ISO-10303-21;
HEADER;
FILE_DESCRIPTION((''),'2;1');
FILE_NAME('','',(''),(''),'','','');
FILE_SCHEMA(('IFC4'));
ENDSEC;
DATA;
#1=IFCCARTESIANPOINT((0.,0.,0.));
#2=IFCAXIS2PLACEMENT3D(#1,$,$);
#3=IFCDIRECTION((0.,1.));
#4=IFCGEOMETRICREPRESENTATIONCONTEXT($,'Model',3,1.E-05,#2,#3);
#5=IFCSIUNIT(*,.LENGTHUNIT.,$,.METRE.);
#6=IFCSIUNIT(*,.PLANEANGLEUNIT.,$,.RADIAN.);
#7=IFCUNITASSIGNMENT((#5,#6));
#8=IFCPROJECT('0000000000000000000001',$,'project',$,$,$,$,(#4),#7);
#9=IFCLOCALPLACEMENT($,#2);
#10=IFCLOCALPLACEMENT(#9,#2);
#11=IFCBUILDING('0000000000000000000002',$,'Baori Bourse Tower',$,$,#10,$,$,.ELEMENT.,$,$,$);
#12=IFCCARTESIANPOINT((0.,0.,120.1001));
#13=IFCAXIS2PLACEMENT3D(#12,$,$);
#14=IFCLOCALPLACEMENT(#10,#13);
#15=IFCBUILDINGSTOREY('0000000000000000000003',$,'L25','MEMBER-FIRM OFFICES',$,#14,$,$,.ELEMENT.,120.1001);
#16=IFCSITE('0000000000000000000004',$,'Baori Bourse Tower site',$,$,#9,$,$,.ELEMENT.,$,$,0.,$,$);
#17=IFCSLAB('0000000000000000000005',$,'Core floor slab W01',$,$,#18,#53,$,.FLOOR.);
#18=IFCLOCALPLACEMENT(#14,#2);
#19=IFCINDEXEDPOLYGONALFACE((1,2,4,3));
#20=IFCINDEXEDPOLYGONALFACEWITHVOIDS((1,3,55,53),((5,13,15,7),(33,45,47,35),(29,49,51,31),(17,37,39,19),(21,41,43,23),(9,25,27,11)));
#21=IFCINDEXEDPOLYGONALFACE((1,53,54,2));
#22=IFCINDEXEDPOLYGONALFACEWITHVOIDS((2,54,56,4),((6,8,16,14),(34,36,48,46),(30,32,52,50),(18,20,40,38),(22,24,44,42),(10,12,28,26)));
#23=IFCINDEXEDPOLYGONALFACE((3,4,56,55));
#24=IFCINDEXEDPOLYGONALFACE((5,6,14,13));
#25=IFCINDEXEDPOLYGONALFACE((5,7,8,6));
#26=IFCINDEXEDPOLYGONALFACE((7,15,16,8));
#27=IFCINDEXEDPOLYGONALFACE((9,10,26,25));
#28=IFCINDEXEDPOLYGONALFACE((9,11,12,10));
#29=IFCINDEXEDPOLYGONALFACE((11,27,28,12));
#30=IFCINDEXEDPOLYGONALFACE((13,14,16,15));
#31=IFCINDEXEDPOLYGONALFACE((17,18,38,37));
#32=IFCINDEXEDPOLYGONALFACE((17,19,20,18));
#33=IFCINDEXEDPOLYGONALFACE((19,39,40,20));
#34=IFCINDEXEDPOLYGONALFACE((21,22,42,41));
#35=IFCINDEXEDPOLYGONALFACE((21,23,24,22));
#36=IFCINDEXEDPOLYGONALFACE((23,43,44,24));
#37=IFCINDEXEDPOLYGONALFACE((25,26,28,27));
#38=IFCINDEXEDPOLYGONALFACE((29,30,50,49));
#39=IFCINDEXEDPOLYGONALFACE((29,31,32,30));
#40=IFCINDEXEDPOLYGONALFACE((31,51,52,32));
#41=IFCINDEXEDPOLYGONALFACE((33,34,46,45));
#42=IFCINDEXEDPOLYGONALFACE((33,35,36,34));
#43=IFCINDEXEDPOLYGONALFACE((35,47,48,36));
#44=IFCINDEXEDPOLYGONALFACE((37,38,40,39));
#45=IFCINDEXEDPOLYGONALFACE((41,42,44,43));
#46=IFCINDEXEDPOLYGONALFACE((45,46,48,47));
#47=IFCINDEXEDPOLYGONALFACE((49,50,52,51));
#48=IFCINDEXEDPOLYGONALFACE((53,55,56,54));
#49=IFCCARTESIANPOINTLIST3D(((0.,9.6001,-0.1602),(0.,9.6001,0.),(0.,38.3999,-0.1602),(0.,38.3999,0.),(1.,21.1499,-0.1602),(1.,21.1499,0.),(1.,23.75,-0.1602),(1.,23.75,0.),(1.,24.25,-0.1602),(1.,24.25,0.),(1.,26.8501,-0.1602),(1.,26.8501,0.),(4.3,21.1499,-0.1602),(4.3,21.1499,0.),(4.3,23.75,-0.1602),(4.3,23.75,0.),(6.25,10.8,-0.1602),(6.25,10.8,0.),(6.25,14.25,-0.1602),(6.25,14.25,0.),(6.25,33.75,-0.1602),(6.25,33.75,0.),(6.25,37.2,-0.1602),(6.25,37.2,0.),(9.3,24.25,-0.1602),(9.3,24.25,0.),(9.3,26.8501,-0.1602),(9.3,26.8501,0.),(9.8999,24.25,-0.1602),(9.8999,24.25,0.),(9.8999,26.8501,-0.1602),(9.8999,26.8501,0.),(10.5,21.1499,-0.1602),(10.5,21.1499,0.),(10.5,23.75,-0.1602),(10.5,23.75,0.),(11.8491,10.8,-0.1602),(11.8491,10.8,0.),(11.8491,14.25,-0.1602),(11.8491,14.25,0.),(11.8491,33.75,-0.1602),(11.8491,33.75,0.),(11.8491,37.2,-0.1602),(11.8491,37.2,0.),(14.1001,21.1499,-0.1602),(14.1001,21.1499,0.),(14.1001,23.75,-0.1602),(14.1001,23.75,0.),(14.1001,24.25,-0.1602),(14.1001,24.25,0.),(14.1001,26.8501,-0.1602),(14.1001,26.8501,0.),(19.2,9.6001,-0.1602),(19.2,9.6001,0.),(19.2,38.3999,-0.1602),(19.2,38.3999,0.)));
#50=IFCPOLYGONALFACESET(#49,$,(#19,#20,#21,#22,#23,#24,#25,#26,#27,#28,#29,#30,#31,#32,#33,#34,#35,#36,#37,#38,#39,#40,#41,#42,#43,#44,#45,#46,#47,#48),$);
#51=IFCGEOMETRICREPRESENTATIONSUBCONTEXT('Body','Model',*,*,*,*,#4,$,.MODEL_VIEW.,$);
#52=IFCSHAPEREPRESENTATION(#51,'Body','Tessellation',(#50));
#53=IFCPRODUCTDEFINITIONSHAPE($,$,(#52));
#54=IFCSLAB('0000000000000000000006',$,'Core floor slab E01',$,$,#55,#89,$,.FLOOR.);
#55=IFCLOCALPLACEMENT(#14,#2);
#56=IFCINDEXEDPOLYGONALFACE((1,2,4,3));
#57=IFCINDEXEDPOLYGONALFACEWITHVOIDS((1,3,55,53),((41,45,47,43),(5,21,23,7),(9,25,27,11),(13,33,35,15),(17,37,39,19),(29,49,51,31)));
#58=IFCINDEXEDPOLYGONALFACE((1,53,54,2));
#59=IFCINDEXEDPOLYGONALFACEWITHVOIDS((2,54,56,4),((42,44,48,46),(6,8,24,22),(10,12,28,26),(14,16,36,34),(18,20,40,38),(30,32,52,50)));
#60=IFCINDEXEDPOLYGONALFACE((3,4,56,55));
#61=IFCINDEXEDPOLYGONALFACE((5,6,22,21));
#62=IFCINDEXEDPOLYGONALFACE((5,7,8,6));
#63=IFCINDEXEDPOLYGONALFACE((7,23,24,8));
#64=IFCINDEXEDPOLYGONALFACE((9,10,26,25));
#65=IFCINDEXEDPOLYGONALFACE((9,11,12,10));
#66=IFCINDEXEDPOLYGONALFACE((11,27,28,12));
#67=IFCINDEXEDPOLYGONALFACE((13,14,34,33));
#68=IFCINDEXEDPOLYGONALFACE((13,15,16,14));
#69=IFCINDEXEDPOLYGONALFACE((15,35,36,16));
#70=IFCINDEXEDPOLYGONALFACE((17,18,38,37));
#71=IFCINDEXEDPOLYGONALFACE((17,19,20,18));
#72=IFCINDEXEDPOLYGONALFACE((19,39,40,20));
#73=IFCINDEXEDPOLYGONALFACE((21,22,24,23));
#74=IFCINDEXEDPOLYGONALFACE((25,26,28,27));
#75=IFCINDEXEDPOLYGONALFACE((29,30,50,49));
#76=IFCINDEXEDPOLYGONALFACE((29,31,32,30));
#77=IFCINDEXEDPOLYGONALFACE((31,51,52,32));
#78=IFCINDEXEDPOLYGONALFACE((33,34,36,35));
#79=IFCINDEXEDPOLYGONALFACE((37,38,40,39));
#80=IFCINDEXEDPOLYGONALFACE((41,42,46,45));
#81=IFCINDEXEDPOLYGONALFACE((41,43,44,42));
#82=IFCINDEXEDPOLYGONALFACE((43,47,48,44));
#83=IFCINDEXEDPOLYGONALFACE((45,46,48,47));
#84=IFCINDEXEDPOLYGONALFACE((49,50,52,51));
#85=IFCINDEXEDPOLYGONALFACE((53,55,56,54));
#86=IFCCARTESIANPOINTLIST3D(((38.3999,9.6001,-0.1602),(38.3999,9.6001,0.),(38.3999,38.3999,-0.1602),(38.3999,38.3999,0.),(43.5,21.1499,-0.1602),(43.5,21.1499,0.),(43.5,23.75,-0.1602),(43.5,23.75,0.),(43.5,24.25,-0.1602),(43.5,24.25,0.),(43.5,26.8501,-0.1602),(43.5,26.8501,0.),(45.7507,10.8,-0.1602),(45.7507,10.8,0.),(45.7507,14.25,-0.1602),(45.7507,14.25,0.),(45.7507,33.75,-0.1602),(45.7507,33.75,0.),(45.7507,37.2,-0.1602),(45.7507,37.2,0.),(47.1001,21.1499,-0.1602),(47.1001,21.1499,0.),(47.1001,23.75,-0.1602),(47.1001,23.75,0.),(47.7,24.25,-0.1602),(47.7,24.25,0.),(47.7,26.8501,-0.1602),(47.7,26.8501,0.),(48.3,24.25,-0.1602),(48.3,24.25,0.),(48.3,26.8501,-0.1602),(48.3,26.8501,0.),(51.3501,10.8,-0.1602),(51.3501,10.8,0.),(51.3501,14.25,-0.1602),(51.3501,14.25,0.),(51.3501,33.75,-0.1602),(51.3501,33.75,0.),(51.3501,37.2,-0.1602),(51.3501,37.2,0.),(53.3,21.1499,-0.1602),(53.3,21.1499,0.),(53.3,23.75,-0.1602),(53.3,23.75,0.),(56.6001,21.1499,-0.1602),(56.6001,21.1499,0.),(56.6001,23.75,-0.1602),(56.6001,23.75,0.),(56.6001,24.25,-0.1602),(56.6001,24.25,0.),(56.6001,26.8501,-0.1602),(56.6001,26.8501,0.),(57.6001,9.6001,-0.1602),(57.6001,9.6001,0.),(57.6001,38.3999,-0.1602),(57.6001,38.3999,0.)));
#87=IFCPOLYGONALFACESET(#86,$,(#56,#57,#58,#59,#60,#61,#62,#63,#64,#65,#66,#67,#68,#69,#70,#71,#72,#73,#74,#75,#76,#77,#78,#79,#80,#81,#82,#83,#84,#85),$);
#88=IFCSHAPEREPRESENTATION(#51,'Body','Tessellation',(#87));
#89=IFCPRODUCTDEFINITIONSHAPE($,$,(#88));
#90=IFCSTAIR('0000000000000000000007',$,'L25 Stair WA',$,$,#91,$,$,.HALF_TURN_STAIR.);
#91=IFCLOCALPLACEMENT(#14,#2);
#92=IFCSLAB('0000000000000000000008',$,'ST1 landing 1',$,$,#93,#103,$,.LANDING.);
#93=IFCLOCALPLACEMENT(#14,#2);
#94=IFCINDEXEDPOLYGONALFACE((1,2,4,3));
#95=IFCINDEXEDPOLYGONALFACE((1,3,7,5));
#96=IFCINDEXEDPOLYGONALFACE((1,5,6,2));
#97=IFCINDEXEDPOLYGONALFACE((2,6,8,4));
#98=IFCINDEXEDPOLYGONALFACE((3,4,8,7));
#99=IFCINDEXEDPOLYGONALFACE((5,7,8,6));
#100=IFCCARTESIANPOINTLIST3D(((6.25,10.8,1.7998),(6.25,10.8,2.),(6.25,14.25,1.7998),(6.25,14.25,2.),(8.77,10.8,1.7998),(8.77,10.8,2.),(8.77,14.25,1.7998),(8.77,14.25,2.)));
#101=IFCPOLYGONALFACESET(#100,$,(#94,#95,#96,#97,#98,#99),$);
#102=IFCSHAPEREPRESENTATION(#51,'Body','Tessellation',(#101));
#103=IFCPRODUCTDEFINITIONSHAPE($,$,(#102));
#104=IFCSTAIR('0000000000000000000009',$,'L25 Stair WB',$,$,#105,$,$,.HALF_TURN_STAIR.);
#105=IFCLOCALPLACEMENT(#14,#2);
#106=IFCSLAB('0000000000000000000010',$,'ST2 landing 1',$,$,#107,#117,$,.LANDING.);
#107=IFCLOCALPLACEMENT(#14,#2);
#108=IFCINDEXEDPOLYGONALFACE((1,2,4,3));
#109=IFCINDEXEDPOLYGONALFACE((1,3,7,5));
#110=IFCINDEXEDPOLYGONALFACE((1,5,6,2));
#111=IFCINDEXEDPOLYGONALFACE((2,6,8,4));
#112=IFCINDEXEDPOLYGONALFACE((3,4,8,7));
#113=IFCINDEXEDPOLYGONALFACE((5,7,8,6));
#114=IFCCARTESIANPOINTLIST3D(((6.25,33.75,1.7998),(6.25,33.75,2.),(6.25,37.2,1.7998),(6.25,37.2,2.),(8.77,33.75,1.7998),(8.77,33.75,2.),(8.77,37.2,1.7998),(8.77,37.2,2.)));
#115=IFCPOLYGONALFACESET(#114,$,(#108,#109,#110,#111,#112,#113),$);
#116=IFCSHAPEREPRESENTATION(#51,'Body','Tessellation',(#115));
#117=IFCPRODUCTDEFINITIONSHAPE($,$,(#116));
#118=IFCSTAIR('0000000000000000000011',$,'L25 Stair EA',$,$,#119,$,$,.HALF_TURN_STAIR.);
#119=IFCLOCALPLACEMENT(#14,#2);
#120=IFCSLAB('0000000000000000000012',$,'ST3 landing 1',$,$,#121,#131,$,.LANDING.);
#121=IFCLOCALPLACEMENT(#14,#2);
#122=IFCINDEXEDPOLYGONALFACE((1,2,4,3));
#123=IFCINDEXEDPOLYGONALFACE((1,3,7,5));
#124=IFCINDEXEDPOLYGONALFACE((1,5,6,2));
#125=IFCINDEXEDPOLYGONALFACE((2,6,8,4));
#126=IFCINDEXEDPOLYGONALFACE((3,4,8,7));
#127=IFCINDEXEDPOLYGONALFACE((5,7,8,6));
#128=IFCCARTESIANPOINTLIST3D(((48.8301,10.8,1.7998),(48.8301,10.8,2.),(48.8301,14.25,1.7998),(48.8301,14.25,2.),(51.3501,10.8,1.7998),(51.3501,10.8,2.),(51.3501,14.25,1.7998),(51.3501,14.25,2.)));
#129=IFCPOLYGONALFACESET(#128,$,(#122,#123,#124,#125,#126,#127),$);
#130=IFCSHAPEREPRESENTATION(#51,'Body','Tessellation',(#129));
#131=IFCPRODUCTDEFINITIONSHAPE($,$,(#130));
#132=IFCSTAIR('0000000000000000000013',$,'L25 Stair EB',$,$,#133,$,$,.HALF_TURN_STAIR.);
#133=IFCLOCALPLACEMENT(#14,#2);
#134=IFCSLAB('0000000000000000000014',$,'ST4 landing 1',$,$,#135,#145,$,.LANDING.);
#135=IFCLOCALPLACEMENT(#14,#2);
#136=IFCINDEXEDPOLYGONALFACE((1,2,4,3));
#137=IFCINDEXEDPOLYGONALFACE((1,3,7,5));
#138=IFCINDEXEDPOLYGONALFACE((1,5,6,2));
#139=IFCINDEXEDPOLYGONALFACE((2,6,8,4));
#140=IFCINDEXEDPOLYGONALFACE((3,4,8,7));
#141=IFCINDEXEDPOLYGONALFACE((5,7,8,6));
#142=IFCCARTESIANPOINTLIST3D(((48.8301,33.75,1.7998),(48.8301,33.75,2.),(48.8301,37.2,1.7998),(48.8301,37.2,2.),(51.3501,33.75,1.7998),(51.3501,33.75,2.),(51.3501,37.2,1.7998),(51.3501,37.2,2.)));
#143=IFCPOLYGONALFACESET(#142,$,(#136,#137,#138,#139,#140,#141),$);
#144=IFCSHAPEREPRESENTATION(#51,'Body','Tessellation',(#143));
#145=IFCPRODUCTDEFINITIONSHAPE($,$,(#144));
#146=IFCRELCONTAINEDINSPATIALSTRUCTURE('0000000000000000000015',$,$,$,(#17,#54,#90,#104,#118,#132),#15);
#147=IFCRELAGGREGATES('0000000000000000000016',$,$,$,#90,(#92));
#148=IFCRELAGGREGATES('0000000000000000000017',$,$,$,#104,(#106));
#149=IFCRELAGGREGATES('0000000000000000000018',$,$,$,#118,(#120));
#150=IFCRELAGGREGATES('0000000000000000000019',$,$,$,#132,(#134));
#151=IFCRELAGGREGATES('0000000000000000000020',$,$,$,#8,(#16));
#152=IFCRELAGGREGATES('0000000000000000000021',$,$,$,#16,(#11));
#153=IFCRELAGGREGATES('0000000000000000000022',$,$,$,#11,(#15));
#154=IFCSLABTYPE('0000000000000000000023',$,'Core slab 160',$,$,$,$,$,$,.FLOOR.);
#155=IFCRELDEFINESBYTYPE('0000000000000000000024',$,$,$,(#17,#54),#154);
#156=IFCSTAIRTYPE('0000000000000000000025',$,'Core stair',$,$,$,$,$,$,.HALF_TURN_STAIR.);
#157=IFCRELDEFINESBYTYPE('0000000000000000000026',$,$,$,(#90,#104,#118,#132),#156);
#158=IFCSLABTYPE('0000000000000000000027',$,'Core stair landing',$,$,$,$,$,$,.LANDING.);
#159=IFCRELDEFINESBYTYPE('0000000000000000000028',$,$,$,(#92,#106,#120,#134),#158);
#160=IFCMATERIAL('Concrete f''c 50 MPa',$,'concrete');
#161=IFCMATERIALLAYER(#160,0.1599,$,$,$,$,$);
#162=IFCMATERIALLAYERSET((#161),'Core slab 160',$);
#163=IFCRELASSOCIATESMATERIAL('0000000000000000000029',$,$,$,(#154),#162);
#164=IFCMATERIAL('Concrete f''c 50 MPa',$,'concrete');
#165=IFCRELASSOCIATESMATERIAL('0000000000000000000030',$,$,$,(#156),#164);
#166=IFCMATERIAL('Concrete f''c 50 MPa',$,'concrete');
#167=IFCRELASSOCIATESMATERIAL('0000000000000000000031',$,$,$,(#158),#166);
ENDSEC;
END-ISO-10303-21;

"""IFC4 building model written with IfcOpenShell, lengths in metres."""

from ifc_helpers import new_model, si_unit, direction, frame, origin, place, context, subcontext, project, spatial, polyline, outline, extrude, material, layer, layer_set, type_object, element, aggregate, save


model = new_model("IFC4")

# Units and contexts
model_context = context("Model", 3, precision=1e-05, world=origin(), true_north=direction((0.0, 1.0)))
body_context = subcontext(model_context, "Body", "Model", "MODEL_VIEW")
ifc_project = project(units=[si_unit("LENGTHUNIT", "METRE"), si_unit("PLANEANGLEUNIT", "RADIAN")], contexts=[model_context])

# Site, building, storey
site_placement = place(None, origin())
site = spatial("IfcSite", under=ifc_project, at=site_placement, Name="Baori Bourse Tower site", CompositionType="ELEMENT", RefElevation=0.0)
building_placement = place(site_placement, origin())
building = spatial("IfcBuilding", under=site, at=building_placement, Name="Baori Bourse Tower", CompositionType="ELEMENT")
storey_placement = place(building_placement, frame((0.0, 0.0, 120.1001)))
storey = spatial("IfcBuildingStorey", under=building, at=storey_placement, Name="L25", Description="MEMBER-FIRM OFFICES", CompositionType="ELEMENT", Elevation=120.1001)

# Slabs
ifc_material_1 = material(Name="Concrete f'c 50 MPa", Category="concrete")
ifc_layer_1 = layer(ifc_material_1, 0.1599)
ifc_layer_set_1 = layer_set([ifc_layer_1], Name="Core slab 160")
slab_type_1 = type_object("IfcSlabType", Name="Core slab 160", PredefinedType="FLOOR", material=ifc_layer_set_1)
slab_1_placement = place(storey_placement, frame((0.0, 0.0, -0.1602)))
element("IfcSlab", 1, at=slab_1_placement, inside=storey, type_object=slab_type_1, Name="Core floor slab W01", PredefinedType="FLOOR", context=body_context, shape_type="SweptSolid", body=[
    extrude(outline(polyline([(0.0, 38.3999), (0.0, 9.6001), (19.2, 9.6001), (19.2, 38.3999), (0.0, 38.3999)]), holes=[polyline([(10.5, 21.1499), (10.5, 23.75), (14.1001, 23.75), (14.1001, 21.1499), (10.5, 21.1499)]), polyline([(14.1001, 24.25), (9.8999, 24.25), (9.8999, 26.8501), (14.1001, 26.8501), (14.1001, 24.25)]), polyline([(6.25, 14.25), (11.8491, 14.25), (11.8491, 10.8), (6.25, 10.8), (6.25, 14.25)]), polyline([(11.8491, 37.2), (11.8491, 33.75), (6.25, 33.75), (6.25, 37.2), (11.8491, 37.2)]), polyline([(1.0, 26.8501), (9.3, 26.8501), (9.3, 24.25), (1.0, 24.25), (1.0, 26.8501)]), polyline([(4.3, 23.75), (4.3, 21.1499), (1.0, 21.1499), (1.0, 23.75), (4.3, 23.75)])]), origin(), (0.0, 0.0, 1.0), 0.1602),
])
slab_2_placement = place(storey_placement, frame((0.0, 0.0, -0.1602)))
element("IfcSlab", 2, at=slab_2_placement, inside=storey, type_object=slab_type_1, Name="Core floor slab E01", PredefinedType="FLOOR", context=body_context, shape_type="SweptSolid", body=[
    extrude(outline(polyline([(57.6001, 38.3999), (38.3999, 38.3999), (38.3999, 9.6001), (57.6001, 9.6001), (57.6001, 38.3999)]), holes=[polyline([(56.6001, 21.1499), (53.3, 21.1499), (53.3, 23.75), (56.6001, 23.75), (56.6001, 21.1499)]), polyline([(56.6001, 26.8501), (56.6001, 24.25), (48.3, 24.25), (48.3, 26.8501), (56.6001, 26.8501)]), polyline([(45.7507, 14.25), (51.3501, 14.25), (51.3501, 10.8), (45.7507, 10.8), (45.7507, 14.25)]), polyline([(51.3501, 37.2), (51.3501, 33.75), (45.7507, 33.75), (45.7507, 37.2), (51.3501, 37.2)]), polyline([(43.5, 24.25), (43.5, 26.8501), (47.7, 26.8501), (47.7, 24.25), (43.5, 24.25)]), polyline([(43.5, 23.75), (47.1001, 23.75), (47.1001, 21.1499), (43.5, 21.1499), (43.5, 23.75)])]), origin(), (0.0, 0.0, 1.0), 0.1602),
])

# Stairs, slabs
ifc_material_2 = material(Name="Concrete f'c 50 MPa", Category="concrete")
stair_type = type_object("IfcStairType", Name="Core stair", PredefinedType="HALF_TURN_STAIR", material=ifc_material_2)
stair_1_placement = place(storey_placement, origin())
stair_1 = element("IfcStair", 3, at=stair_1_placement, inside=storey, type_object=stair_type, Name="L25 Stair WA", PredefinedType="HALF_TURN_STAIR")
ifc_material_3 = material(Name="Concrete f'c 50 MPa", Category="concrete")
slab_type_2 = type_object("IfcSlabType", Name="Core stair landing", PredefinedType="LANDING", material=ifc_material_3)
slab_3_placement = place(storey_placement, frame((0.0, 0.0, 1.7998)))
slab_3 = element("IfcSlab", 4, at=slab_3_placement, type_object=slab_type_2, Name="ST1 landing 1", PredefinedType="LANDING", context=body_context, shape_type="SweptSolid", body=[
    extrude(outline(polyline([(8.77, 14.25), (6.25, 14.25), (6.25, 10.8), (8.77, 10.8), (8.77, 14.25)])), origin(), (0.0, 0.0, 1.0), 0.2002),
])
aggregate(stair_1, [slab_3])
stair_2_placement = place(storey_placement, origin())
stair_2 = element("IfcStair", 5, at=stair_2_placement, inside=storey, type_object=stair_type, Name="L25 Stair WB", PredefinedType="HALF_TURN_STAIR")
slab_4_placement = place(storey_placement, frame((0.0, 0.0, 1.7998)))
slab_4 = element("IfcSlab", 6, at=slab_4_placement, type_object=slab_type_2, Name="ST2 landing 1", PredefinedType="LANDING", context=body_context, shape_type="SweptSolid", body=[
    extrude(outline(polyline([(8.77, 37.2), (6.25, 37.2), (6.25, 33.75), (8.77, 33.75), (8.77, 37.2)])), origin(), (0.0, 0.0, 1.0), 0.2002),
])
aggregate(stair_2, [slab_4])
stair_3_placement = place(storey_placement, origin())
stair_3 = element("IfcStair", 7, at=stair_3_placement, inside=storey, type_object=stair_type, Name="L25 Stair EA", PredefinedType="HALF_TURN_STAIR")
slab_5_placement = place(storey_placement, frame((0.0, 0.0, 1.7998)))
slab_5 = element("IfcSlab", 8, at=slab_5_placement, type_object=slab_type_2, Name="ST3 landing 1", PredefinedType="LANDING", context=body_context, shape_type="SweptSolid", body=[
    extrude(outline(polyline([(48.8301, 10.8), (51.3501, 10.8), (51.3501, 14.25), (48.8301, 14.25), (48.8301, 10.8)])), origin(), (0.0, 0.0, 1.0), 0.2002),
])
aggregate(stair_3, [slab_5])
stair_4_placement = place(storey_placement, origin())
stair_4 = element("IfcStair", 9, at=stair_4_placement, inside=storey, type_object=stair_type, Name="L25 Stair EB", PredefinedType="HALF_TURN_STAIR")
slab_6_placement = place(storey_placement, frame((0.0, 0.0, 1.7998)))
slab_6 = element("IfcSlab", 10, at=slab_6_placement, type_object=slab_type_2, Name="ST4 landing 1", PredefinedType="LANDING", context=body_context, shape_type="SweptSolid", body=[
    extrude(outline(polyline([(48.8301, 33.75), (51.3501, 33.75), (51.3501, 37.2), (48.8301, 37.2), (48.8301, 33.75)])), origin(), (0.0, 0.0, 1.0), 0.2002),
])
aggregate(stair_4, [slab_6])

save(model, "model.ifc")
